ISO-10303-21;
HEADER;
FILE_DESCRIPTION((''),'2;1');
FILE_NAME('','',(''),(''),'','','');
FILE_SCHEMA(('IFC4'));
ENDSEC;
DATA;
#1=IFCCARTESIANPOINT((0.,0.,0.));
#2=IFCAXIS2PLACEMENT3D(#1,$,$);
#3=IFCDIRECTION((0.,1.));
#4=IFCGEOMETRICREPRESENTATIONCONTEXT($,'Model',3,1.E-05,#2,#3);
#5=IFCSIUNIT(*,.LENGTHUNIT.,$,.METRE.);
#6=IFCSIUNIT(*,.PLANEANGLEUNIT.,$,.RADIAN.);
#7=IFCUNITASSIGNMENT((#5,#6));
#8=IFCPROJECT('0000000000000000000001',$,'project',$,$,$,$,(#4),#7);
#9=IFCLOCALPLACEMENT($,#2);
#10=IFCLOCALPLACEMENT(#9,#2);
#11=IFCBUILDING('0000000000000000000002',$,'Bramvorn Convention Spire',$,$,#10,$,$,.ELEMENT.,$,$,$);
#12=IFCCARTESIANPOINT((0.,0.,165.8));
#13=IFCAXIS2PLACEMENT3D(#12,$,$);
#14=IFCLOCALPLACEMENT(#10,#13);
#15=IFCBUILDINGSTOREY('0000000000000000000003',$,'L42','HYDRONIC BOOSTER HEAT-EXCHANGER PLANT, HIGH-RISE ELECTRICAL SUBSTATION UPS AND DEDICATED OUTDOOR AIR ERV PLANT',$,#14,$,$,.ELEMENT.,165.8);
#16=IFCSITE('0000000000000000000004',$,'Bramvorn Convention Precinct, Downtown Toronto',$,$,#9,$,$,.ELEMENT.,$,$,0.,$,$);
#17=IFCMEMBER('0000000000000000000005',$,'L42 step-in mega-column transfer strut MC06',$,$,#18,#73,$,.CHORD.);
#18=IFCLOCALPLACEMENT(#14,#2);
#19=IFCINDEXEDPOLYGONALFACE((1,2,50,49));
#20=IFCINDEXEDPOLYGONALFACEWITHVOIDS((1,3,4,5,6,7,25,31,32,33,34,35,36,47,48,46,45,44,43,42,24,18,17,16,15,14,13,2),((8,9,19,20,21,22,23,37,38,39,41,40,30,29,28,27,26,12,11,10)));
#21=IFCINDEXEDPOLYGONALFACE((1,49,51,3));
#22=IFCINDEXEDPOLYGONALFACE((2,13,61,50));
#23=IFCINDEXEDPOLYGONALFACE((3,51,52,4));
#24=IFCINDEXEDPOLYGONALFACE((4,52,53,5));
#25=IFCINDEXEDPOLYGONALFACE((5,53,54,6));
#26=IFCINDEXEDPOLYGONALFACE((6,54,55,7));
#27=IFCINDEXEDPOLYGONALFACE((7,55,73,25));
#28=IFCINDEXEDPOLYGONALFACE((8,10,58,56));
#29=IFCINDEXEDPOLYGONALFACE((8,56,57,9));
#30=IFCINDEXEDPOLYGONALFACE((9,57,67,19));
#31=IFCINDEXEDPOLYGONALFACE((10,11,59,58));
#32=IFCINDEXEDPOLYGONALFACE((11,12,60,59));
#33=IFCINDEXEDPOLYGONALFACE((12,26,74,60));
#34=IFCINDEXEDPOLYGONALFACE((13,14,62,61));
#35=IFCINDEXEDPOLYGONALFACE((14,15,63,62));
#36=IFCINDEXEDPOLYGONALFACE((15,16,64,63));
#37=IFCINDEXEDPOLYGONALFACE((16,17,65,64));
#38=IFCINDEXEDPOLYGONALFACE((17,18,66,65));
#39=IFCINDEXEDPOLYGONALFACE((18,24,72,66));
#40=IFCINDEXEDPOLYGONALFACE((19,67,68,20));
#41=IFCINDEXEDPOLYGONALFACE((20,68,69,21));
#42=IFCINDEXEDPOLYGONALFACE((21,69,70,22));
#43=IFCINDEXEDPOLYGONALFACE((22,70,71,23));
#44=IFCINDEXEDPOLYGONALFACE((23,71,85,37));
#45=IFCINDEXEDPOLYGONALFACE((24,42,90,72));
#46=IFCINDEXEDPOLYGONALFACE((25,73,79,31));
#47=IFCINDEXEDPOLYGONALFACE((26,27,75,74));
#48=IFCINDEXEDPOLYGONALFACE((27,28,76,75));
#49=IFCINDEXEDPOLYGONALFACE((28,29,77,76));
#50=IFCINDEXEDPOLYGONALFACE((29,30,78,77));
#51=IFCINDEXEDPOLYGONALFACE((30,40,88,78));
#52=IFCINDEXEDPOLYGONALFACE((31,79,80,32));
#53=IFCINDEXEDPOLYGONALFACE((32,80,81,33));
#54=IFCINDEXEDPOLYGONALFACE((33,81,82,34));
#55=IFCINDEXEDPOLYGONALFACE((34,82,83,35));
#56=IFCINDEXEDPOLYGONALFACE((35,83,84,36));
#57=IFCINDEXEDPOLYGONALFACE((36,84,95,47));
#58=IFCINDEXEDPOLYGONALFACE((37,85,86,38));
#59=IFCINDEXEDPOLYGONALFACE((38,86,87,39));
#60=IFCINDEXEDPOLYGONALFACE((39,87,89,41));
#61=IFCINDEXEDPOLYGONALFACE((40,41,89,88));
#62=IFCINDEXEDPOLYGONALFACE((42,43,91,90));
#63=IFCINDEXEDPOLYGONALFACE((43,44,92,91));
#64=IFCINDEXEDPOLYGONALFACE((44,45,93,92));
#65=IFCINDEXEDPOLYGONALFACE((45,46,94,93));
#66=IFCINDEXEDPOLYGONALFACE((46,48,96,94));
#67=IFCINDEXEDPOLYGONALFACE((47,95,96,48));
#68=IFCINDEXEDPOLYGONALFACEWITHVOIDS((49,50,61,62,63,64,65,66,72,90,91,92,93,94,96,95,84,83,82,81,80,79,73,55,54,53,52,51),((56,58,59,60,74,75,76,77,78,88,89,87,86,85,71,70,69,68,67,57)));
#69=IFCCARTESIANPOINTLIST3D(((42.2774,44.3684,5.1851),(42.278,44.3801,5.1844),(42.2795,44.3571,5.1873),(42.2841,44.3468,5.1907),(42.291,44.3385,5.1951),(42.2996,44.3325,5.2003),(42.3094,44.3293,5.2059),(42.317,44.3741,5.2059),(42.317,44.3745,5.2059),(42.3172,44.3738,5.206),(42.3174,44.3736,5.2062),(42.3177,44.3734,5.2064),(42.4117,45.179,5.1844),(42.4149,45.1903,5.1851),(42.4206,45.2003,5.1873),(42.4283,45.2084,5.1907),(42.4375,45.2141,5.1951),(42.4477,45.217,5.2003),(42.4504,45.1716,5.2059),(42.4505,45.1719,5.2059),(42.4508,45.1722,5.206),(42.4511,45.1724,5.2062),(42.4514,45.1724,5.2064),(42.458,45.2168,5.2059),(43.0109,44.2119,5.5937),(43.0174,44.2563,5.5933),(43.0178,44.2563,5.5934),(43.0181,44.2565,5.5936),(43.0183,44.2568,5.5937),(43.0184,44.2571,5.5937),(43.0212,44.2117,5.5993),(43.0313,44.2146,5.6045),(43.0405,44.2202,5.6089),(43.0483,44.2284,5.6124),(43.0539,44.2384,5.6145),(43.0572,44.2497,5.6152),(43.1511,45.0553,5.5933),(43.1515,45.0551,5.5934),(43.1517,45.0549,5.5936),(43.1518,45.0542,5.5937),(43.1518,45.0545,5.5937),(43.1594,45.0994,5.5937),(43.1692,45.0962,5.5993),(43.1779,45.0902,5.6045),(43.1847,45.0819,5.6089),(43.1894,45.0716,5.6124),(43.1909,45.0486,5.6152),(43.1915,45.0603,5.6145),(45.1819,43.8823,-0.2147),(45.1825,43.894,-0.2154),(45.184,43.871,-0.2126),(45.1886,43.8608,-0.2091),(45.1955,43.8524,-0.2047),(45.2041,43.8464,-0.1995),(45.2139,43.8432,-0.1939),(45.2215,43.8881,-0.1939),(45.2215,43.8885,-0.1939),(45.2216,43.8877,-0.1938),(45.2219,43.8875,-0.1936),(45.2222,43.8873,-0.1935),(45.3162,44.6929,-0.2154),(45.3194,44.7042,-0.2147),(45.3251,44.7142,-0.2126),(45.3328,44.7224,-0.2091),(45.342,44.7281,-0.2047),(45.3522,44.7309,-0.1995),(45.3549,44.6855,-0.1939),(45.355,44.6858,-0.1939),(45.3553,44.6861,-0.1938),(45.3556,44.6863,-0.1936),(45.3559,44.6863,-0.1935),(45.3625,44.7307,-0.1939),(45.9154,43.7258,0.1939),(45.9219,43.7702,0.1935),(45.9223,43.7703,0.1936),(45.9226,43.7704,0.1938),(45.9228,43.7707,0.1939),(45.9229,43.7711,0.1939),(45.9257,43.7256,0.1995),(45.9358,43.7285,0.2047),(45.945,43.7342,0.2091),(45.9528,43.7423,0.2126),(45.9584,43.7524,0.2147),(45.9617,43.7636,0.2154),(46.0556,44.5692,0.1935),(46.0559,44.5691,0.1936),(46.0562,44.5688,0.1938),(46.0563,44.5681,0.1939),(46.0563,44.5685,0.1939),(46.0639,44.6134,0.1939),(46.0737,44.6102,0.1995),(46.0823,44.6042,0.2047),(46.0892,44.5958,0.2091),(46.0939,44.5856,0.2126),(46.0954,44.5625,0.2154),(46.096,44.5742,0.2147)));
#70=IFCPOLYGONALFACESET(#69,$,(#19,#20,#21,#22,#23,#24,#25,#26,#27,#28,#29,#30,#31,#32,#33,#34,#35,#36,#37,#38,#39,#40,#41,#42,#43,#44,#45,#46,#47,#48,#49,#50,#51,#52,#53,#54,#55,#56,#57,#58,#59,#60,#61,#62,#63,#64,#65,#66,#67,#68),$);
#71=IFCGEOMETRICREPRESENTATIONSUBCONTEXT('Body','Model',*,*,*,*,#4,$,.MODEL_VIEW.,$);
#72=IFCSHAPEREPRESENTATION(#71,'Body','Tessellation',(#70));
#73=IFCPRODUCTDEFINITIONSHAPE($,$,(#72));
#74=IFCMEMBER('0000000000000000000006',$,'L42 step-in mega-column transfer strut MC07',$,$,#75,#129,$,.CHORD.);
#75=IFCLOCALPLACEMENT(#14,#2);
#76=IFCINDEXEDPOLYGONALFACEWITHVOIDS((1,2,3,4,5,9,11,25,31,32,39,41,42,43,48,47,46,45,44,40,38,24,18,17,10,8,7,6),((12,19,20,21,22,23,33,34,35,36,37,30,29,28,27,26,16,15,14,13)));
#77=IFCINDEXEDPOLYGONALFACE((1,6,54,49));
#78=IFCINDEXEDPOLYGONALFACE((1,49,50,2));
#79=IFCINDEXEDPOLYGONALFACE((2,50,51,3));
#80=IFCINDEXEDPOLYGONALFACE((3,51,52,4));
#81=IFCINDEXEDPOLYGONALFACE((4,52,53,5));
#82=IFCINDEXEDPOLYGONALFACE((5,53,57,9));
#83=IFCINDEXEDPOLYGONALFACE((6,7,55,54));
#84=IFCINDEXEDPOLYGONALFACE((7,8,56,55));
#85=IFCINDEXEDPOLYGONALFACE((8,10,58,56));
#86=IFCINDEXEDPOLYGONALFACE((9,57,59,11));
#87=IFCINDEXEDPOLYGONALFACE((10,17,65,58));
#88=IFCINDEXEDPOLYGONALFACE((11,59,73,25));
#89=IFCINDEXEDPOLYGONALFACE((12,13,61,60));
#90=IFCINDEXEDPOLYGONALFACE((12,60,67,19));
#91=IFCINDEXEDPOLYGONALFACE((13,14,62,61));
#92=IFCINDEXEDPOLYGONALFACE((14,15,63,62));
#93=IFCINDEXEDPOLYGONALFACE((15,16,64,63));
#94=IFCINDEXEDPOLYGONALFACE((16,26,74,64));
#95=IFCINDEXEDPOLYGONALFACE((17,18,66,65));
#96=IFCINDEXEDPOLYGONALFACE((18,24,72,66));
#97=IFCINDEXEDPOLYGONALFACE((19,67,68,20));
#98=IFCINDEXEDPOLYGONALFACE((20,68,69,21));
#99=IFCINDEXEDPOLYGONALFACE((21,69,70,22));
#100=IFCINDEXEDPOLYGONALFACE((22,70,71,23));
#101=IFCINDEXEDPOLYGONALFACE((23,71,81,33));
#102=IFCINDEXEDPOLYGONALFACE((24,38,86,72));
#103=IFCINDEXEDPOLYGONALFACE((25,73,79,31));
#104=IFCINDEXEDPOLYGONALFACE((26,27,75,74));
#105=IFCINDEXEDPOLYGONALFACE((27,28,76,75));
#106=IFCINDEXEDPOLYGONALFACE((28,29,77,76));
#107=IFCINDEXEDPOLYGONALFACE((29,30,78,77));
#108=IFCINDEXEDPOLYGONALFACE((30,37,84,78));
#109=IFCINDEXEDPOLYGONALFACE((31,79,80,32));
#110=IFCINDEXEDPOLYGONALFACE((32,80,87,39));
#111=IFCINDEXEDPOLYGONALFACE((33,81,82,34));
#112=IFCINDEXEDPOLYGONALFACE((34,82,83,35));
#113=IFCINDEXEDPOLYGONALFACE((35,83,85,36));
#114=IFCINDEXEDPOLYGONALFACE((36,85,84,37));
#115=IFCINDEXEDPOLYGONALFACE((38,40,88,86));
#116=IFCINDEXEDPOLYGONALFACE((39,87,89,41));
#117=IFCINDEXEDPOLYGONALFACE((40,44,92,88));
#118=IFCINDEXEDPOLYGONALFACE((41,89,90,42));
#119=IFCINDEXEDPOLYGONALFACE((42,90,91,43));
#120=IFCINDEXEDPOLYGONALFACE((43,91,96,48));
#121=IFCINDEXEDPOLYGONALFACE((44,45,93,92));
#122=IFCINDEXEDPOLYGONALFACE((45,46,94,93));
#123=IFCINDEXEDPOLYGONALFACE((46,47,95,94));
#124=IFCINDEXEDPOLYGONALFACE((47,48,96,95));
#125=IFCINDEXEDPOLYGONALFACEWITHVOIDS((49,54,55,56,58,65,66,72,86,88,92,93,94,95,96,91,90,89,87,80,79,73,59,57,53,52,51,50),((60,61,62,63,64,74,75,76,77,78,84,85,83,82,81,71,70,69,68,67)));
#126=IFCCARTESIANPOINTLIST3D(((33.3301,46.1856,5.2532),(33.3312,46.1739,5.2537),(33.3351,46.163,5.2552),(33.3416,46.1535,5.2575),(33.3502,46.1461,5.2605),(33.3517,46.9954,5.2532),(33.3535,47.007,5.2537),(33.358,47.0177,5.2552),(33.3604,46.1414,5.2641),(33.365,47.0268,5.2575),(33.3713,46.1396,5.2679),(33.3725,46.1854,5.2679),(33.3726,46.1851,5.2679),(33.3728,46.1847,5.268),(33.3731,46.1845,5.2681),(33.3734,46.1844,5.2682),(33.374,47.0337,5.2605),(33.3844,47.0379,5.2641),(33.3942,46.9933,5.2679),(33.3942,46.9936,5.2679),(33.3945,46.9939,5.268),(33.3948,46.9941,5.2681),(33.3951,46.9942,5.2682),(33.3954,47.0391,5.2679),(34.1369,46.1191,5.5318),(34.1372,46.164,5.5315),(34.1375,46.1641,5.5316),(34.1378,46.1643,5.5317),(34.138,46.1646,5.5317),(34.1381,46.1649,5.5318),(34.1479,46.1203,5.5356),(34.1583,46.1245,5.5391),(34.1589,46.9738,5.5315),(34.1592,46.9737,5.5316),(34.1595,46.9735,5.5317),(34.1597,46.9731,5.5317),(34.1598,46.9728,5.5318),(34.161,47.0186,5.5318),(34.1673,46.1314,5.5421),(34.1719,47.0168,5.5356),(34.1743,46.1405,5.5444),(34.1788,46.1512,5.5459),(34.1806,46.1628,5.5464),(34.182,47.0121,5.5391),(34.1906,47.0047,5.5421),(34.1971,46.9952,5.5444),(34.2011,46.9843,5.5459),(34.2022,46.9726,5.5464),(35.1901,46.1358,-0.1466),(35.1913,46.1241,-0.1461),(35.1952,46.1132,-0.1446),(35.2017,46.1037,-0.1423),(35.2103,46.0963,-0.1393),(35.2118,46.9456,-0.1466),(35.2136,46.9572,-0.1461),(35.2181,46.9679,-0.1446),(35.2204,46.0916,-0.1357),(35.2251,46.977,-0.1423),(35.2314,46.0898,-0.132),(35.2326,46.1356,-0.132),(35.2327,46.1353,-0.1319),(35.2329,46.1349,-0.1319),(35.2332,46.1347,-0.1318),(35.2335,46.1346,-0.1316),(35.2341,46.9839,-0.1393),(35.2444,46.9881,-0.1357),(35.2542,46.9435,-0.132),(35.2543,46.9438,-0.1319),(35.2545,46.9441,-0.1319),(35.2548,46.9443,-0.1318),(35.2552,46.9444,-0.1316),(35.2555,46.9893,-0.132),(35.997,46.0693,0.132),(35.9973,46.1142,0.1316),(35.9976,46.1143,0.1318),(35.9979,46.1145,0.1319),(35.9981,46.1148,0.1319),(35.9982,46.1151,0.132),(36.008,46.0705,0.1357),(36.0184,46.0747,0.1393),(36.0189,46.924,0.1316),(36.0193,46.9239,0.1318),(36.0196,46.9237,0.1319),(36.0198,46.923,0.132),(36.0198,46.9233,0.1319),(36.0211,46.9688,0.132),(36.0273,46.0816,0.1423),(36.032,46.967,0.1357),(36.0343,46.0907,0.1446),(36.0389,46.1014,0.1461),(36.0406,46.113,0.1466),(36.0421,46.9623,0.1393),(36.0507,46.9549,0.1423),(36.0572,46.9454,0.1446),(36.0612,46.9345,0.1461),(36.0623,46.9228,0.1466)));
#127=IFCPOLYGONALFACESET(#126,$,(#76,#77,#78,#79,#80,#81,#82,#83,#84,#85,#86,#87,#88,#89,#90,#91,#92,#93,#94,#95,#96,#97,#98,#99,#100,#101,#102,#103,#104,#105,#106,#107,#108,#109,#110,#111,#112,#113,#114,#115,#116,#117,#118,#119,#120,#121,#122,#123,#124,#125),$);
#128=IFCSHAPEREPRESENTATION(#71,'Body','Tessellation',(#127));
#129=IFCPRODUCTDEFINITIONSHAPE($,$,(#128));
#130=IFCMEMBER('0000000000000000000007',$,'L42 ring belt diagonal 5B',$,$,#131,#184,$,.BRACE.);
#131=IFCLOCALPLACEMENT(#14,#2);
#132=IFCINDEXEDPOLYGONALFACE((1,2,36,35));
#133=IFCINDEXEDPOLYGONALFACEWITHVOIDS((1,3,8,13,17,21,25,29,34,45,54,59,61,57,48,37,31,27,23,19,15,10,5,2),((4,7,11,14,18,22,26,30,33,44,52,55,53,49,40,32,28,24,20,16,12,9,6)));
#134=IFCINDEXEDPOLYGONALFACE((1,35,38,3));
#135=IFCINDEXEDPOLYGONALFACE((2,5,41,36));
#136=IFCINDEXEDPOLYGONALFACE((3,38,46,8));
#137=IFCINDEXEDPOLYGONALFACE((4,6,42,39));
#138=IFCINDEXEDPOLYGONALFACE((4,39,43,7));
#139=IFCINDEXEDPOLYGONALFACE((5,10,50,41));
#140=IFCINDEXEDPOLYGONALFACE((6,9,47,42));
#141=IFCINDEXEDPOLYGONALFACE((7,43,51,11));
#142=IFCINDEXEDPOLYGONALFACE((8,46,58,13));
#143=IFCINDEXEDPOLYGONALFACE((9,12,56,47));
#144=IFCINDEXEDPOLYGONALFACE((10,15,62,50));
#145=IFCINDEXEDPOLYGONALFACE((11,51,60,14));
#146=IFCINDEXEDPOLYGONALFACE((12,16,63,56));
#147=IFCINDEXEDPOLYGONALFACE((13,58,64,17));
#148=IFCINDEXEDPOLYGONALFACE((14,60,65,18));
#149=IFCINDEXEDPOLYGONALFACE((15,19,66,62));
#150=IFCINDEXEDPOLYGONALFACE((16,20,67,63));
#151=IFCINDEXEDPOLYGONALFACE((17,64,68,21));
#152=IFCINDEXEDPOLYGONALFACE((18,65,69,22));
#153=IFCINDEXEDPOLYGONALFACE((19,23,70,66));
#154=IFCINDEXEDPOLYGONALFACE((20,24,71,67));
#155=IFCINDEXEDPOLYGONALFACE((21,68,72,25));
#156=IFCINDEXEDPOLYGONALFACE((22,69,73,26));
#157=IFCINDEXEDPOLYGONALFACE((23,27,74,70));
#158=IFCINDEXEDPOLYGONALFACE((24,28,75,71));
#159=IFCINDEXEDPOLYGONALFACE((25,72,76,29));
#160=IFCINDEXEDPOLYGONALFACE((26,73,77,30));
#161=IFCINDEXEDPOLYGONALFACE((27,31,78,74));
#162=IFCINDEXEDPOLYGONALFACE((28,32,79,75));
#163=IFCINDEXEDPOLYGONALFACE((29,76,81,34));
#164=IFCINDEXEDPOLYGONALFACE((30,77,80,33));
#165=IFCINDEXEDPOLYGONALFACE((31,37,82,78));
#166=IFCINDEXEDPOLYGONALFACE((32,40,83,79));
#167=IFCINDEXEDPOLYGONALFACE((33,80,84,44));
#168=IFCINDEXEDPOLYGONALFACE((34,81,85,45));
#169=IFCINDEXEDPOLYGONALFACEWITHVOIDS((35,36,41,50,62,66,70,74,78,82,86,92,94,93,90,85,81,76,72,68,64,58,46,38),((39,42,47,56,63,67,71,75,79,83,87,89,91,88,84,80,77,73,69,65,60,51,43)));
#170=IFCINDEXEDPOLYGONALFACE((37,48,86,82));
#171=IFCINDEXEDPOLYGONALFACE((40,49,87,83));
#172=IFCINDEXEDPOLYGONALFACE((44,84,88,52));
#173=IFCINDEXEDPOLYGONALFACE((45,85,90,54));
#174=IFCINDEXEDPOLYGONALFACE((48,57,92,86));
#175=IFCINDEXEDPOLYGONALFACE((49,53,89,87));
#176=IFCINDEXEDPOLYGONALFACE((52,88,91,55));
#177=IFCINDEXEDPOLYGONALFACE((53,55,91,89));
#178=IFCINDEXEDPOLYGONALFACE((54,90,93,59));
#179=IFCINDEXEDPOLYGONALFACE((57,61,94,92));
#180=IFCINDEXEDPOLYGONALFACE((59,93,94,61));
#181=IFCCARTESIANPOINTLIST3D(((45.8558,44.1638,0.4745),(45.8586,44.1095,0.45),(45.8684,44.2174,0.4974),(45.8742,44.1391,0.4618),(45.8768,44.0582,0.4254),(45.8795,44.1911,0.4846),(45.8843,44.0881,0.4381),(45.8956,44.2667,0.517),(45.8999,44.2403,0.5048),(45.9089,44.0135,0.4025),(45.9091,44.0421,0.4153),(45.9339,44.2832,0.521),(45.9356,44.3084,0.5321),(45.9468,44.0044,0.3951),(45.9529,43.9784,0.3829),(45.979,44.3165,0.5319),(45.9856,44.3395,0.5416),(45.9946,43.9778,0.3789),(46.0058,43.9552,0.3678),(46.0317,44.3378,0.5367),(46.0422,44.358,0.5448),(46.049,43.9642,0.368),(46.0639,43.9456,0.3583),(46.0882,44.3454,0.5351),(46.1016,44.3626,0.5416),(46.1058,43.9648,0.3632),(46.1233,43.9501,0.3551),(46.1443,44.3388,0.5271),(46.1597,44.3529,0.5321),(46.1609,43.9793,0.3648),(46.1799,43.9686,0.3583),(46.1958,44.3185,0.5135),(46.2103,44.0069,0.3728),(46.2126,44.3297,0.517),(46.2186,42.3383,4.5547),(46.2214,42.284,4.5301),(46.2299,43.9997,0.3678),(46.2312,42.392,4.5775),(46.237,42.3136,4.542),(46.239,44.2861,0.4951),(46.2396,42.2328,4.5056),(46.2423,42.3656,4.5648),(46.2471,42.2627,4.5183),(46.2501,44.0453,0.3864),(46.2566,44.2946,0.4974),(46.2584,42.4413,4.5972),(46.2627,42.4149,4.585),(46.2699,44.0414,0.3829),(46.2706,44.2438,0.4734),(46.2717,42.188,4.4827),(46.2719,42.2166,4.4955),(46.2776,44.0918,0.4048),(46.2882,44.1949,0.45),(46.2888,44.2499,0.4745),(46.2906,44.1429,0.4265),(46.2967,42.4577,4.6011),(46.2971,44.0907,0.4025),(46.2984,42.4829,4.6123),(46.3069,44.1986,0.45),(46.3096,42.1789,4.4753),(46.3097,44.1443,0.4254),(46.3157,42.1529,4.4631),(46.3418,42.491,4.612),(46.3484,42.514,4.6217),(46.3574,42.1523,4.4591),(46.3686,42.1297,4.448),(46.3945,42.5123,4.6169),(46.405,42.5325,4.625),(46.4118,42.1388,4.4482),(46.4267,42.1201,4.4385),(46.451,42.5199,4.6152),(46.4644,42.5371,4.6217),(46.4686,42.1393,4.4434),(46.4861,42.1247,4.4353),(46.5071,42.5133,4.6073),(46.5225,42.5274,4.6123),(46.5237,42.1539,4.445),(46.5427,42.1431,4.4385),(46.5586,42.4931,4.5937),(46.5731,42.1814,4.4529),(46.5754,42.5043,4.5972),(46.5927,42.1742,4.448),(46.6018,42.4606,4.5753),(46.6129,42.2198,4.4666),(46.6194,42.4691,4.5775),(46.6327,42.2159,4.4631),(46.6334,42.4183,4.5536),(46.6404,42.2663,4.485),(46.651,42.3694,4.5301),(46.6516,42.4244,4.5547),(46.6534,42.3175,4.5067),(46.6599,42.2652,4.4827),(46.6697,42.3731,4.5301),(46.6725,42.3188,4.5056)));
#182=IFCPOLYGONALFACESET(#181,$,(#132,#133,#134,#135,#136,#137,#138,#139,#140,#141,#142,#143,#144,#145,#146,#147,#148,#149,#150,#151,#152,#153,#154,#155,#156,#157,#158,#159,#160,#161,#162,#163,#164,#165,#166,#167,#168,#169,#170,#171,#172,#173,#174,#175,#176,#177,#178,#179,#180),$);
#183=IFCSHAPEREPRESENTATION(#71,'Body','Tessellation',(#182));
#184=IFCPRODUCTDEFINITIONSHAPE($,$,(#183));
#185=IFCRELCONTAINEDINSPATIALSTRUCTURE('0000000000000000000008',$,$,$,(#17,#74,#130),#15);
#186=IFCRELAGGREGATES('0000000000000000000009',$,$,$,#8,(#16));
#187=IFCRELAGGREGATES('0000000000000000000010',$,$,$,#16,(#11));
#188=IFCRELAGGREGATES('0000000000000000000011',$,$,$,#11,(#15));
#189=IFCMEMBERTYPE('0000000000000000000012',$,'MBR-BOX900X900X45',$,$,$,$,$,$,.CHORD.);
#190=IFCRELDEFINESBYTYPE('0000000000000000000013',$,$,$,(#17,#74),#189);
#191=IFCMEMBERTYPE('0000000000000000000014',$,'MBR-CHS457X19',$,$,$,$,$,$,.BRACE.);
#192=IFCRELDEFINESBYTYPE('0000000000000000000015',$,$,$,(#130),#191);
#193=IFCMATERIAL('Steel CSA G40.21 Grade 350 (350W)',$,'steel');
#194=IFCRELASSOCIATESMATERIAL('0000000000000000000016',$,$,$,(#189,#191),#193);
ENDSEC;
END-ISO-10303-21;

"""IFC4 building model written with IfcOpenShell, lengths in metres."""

from ifc_helpers import new_model, si_unit, direction, frame, origin, origin_2d, place, context, subcontext, project, spatial, hollow_rectangle, hollow_circle, extrude, material, material_profile, profile_set, type_object, element, save


model = new_model("IFC4")

# Units and contexts
model_context = context("Model", 3, precision=1e-05, world=origin(), true_north=direction((0.0, 1.0)))
body_context = subcontext(model_context, "Body", "Model", "MODEL_VIEW")
ifc_project = project(units=[si_unit("LENGTHUNIT", "METRE"), si_unit("PLANEANGLEUNIT", "RADIAN")], contexts=[model_context])

# Site, building, storey
site_placement = place(None, origin())
site = spatial("IfcSite", under=ifc_project, at=site_placement, Name="Bramvorn Convention Precinct, Downtown Toronto", CompositionType="ELEMENT", RefElevation=0.0)
building_placement = place(site_placement, origin())
building = spatial("IfcBuilding", under=site, at=building_placement, Name="Bramvorn Convention Spire", CompositionType="ELEMENT")
storey_placement = place(building_placement, frame((0.0, 0.0, 165.8)))
storey = spatial("IfcBuildingStorey", under=building, at=storey_placement, Name="L42", Description="HYDRONIC BOOSTER HEAT-EXCHANGER PLANT, HIGH-RISE ELECTRICAL SUBSTATION UPS AND DEDICATED OUTDOOR AIR ERV PLANT", CompositionType="ELEMENT", Elevation=165.8)

# Shared definitions
ifc_material_1 = material(Name="Steel CSA G40.21 Grade 350 (350W)", Category="steel")

# Members
ifc_material_profile_1 = material_profile(ifc_material_1, hollow_rectangle(XDim=0.8999, YDim=0.8999, WallThickness=0.0449, InnerFilletRadius=0.001, OuterFilletRadius=0.0449, at=origin_2d()))
ifc_profile_set_1 = profile_set([ifc_material_profile_1], Name="Steel CSA G40.21 Grade 350 (350W) - BOX900X900X45")
member_type_1 = type_object("IfcMemberType", Name="MBR-BOX900X900X45", PredefinedType="CHORD", material=ifc_profile_set_1)
member_1_placement = place(storey_placement, frame((45.6389, 44.2283, 0.0), z_axis=(-0.472226, 0.079029, 0.877928), x_axis=(-0.165058, -0.986284, 0.0)))
element("IfcMember", 1, at=member_1_placement, inside=storey, type_object=member_type_1, Name="L42 step-in mega-column transfer strut MC06", PredefinedType="CHORD", context=body_context, shape_type="SweptSolid", body=[
    extrude(hollow_rectangle(XDim=0.8999, YDim=0.8999, WallThickness=0.0449, InnerFilletRadius=0.001, OuterFilletRadius=0.0449, at=origin_2d()), origin(), (0.0, 0.0, 1.0), 6.1506),
])
member_2_placement = place(storey_placement, frame((35.6262, 46.5293, 0.0), z_axis=(-0.325677, 0.00872, 0.945441), x_axis=(-0.026766, -0.999642, 0.0)))
element("IfcMember", 2, at=member_2_placement, inside=storey, type_object=member_type_1, Name="L42 step-in mega-column transfer strut MC07", PredefinedType="CHORD", context=body_context, shape_type="SweptSolid", body=[
    extrude(hollow_rectangle(XDim=0.8999, YDim=0.8999, WallThickness=0.0449, InnerFilletRadius=0.001, OuterFilletRadius=0.0449, at=origin_2d()), origin(), (0.0, 0.0, 1.0), 5.7114),
])
ifc_material_profile_2 = material_profile(ifc_material_1, hollow_circle(Radius=0.2285, WallThickness=0.019, at=origin_2d()))
ifc_profile_set_2 = profile_set([ifc_material_profile_2], Name="Steel CSA G40.21 Grade 350 (350W) - CHS457X19")
member_type_2 = type_object("IfcMemberType", Name="MBR-CHS457X19", PredefinedType="BRACE", material=ifc_profile_set_2)
member_3_placement = place(storey_placement, frame((46.0828, 44.1541, 0.45), z_axis=(0.080899, -0.407054, 0.909815), x_axis=(0.980817, 0.19493, 0.0)))
element("IfcMember", 3, at=member_3_placement, inside=storey, type_object=member_type_2, Name="L42 ring belt diagonal 5B", PredefinedType="BRACE", context=body_context, shape_type="SweptSolid", body=[
    extrude(hollow_circle(Radius=0.2285, WallThickness=0.019, at=origin_2d()), origin(), (0.0, 0.0, 1.0), 4.4846),
])

save(model, "model.ifc")
